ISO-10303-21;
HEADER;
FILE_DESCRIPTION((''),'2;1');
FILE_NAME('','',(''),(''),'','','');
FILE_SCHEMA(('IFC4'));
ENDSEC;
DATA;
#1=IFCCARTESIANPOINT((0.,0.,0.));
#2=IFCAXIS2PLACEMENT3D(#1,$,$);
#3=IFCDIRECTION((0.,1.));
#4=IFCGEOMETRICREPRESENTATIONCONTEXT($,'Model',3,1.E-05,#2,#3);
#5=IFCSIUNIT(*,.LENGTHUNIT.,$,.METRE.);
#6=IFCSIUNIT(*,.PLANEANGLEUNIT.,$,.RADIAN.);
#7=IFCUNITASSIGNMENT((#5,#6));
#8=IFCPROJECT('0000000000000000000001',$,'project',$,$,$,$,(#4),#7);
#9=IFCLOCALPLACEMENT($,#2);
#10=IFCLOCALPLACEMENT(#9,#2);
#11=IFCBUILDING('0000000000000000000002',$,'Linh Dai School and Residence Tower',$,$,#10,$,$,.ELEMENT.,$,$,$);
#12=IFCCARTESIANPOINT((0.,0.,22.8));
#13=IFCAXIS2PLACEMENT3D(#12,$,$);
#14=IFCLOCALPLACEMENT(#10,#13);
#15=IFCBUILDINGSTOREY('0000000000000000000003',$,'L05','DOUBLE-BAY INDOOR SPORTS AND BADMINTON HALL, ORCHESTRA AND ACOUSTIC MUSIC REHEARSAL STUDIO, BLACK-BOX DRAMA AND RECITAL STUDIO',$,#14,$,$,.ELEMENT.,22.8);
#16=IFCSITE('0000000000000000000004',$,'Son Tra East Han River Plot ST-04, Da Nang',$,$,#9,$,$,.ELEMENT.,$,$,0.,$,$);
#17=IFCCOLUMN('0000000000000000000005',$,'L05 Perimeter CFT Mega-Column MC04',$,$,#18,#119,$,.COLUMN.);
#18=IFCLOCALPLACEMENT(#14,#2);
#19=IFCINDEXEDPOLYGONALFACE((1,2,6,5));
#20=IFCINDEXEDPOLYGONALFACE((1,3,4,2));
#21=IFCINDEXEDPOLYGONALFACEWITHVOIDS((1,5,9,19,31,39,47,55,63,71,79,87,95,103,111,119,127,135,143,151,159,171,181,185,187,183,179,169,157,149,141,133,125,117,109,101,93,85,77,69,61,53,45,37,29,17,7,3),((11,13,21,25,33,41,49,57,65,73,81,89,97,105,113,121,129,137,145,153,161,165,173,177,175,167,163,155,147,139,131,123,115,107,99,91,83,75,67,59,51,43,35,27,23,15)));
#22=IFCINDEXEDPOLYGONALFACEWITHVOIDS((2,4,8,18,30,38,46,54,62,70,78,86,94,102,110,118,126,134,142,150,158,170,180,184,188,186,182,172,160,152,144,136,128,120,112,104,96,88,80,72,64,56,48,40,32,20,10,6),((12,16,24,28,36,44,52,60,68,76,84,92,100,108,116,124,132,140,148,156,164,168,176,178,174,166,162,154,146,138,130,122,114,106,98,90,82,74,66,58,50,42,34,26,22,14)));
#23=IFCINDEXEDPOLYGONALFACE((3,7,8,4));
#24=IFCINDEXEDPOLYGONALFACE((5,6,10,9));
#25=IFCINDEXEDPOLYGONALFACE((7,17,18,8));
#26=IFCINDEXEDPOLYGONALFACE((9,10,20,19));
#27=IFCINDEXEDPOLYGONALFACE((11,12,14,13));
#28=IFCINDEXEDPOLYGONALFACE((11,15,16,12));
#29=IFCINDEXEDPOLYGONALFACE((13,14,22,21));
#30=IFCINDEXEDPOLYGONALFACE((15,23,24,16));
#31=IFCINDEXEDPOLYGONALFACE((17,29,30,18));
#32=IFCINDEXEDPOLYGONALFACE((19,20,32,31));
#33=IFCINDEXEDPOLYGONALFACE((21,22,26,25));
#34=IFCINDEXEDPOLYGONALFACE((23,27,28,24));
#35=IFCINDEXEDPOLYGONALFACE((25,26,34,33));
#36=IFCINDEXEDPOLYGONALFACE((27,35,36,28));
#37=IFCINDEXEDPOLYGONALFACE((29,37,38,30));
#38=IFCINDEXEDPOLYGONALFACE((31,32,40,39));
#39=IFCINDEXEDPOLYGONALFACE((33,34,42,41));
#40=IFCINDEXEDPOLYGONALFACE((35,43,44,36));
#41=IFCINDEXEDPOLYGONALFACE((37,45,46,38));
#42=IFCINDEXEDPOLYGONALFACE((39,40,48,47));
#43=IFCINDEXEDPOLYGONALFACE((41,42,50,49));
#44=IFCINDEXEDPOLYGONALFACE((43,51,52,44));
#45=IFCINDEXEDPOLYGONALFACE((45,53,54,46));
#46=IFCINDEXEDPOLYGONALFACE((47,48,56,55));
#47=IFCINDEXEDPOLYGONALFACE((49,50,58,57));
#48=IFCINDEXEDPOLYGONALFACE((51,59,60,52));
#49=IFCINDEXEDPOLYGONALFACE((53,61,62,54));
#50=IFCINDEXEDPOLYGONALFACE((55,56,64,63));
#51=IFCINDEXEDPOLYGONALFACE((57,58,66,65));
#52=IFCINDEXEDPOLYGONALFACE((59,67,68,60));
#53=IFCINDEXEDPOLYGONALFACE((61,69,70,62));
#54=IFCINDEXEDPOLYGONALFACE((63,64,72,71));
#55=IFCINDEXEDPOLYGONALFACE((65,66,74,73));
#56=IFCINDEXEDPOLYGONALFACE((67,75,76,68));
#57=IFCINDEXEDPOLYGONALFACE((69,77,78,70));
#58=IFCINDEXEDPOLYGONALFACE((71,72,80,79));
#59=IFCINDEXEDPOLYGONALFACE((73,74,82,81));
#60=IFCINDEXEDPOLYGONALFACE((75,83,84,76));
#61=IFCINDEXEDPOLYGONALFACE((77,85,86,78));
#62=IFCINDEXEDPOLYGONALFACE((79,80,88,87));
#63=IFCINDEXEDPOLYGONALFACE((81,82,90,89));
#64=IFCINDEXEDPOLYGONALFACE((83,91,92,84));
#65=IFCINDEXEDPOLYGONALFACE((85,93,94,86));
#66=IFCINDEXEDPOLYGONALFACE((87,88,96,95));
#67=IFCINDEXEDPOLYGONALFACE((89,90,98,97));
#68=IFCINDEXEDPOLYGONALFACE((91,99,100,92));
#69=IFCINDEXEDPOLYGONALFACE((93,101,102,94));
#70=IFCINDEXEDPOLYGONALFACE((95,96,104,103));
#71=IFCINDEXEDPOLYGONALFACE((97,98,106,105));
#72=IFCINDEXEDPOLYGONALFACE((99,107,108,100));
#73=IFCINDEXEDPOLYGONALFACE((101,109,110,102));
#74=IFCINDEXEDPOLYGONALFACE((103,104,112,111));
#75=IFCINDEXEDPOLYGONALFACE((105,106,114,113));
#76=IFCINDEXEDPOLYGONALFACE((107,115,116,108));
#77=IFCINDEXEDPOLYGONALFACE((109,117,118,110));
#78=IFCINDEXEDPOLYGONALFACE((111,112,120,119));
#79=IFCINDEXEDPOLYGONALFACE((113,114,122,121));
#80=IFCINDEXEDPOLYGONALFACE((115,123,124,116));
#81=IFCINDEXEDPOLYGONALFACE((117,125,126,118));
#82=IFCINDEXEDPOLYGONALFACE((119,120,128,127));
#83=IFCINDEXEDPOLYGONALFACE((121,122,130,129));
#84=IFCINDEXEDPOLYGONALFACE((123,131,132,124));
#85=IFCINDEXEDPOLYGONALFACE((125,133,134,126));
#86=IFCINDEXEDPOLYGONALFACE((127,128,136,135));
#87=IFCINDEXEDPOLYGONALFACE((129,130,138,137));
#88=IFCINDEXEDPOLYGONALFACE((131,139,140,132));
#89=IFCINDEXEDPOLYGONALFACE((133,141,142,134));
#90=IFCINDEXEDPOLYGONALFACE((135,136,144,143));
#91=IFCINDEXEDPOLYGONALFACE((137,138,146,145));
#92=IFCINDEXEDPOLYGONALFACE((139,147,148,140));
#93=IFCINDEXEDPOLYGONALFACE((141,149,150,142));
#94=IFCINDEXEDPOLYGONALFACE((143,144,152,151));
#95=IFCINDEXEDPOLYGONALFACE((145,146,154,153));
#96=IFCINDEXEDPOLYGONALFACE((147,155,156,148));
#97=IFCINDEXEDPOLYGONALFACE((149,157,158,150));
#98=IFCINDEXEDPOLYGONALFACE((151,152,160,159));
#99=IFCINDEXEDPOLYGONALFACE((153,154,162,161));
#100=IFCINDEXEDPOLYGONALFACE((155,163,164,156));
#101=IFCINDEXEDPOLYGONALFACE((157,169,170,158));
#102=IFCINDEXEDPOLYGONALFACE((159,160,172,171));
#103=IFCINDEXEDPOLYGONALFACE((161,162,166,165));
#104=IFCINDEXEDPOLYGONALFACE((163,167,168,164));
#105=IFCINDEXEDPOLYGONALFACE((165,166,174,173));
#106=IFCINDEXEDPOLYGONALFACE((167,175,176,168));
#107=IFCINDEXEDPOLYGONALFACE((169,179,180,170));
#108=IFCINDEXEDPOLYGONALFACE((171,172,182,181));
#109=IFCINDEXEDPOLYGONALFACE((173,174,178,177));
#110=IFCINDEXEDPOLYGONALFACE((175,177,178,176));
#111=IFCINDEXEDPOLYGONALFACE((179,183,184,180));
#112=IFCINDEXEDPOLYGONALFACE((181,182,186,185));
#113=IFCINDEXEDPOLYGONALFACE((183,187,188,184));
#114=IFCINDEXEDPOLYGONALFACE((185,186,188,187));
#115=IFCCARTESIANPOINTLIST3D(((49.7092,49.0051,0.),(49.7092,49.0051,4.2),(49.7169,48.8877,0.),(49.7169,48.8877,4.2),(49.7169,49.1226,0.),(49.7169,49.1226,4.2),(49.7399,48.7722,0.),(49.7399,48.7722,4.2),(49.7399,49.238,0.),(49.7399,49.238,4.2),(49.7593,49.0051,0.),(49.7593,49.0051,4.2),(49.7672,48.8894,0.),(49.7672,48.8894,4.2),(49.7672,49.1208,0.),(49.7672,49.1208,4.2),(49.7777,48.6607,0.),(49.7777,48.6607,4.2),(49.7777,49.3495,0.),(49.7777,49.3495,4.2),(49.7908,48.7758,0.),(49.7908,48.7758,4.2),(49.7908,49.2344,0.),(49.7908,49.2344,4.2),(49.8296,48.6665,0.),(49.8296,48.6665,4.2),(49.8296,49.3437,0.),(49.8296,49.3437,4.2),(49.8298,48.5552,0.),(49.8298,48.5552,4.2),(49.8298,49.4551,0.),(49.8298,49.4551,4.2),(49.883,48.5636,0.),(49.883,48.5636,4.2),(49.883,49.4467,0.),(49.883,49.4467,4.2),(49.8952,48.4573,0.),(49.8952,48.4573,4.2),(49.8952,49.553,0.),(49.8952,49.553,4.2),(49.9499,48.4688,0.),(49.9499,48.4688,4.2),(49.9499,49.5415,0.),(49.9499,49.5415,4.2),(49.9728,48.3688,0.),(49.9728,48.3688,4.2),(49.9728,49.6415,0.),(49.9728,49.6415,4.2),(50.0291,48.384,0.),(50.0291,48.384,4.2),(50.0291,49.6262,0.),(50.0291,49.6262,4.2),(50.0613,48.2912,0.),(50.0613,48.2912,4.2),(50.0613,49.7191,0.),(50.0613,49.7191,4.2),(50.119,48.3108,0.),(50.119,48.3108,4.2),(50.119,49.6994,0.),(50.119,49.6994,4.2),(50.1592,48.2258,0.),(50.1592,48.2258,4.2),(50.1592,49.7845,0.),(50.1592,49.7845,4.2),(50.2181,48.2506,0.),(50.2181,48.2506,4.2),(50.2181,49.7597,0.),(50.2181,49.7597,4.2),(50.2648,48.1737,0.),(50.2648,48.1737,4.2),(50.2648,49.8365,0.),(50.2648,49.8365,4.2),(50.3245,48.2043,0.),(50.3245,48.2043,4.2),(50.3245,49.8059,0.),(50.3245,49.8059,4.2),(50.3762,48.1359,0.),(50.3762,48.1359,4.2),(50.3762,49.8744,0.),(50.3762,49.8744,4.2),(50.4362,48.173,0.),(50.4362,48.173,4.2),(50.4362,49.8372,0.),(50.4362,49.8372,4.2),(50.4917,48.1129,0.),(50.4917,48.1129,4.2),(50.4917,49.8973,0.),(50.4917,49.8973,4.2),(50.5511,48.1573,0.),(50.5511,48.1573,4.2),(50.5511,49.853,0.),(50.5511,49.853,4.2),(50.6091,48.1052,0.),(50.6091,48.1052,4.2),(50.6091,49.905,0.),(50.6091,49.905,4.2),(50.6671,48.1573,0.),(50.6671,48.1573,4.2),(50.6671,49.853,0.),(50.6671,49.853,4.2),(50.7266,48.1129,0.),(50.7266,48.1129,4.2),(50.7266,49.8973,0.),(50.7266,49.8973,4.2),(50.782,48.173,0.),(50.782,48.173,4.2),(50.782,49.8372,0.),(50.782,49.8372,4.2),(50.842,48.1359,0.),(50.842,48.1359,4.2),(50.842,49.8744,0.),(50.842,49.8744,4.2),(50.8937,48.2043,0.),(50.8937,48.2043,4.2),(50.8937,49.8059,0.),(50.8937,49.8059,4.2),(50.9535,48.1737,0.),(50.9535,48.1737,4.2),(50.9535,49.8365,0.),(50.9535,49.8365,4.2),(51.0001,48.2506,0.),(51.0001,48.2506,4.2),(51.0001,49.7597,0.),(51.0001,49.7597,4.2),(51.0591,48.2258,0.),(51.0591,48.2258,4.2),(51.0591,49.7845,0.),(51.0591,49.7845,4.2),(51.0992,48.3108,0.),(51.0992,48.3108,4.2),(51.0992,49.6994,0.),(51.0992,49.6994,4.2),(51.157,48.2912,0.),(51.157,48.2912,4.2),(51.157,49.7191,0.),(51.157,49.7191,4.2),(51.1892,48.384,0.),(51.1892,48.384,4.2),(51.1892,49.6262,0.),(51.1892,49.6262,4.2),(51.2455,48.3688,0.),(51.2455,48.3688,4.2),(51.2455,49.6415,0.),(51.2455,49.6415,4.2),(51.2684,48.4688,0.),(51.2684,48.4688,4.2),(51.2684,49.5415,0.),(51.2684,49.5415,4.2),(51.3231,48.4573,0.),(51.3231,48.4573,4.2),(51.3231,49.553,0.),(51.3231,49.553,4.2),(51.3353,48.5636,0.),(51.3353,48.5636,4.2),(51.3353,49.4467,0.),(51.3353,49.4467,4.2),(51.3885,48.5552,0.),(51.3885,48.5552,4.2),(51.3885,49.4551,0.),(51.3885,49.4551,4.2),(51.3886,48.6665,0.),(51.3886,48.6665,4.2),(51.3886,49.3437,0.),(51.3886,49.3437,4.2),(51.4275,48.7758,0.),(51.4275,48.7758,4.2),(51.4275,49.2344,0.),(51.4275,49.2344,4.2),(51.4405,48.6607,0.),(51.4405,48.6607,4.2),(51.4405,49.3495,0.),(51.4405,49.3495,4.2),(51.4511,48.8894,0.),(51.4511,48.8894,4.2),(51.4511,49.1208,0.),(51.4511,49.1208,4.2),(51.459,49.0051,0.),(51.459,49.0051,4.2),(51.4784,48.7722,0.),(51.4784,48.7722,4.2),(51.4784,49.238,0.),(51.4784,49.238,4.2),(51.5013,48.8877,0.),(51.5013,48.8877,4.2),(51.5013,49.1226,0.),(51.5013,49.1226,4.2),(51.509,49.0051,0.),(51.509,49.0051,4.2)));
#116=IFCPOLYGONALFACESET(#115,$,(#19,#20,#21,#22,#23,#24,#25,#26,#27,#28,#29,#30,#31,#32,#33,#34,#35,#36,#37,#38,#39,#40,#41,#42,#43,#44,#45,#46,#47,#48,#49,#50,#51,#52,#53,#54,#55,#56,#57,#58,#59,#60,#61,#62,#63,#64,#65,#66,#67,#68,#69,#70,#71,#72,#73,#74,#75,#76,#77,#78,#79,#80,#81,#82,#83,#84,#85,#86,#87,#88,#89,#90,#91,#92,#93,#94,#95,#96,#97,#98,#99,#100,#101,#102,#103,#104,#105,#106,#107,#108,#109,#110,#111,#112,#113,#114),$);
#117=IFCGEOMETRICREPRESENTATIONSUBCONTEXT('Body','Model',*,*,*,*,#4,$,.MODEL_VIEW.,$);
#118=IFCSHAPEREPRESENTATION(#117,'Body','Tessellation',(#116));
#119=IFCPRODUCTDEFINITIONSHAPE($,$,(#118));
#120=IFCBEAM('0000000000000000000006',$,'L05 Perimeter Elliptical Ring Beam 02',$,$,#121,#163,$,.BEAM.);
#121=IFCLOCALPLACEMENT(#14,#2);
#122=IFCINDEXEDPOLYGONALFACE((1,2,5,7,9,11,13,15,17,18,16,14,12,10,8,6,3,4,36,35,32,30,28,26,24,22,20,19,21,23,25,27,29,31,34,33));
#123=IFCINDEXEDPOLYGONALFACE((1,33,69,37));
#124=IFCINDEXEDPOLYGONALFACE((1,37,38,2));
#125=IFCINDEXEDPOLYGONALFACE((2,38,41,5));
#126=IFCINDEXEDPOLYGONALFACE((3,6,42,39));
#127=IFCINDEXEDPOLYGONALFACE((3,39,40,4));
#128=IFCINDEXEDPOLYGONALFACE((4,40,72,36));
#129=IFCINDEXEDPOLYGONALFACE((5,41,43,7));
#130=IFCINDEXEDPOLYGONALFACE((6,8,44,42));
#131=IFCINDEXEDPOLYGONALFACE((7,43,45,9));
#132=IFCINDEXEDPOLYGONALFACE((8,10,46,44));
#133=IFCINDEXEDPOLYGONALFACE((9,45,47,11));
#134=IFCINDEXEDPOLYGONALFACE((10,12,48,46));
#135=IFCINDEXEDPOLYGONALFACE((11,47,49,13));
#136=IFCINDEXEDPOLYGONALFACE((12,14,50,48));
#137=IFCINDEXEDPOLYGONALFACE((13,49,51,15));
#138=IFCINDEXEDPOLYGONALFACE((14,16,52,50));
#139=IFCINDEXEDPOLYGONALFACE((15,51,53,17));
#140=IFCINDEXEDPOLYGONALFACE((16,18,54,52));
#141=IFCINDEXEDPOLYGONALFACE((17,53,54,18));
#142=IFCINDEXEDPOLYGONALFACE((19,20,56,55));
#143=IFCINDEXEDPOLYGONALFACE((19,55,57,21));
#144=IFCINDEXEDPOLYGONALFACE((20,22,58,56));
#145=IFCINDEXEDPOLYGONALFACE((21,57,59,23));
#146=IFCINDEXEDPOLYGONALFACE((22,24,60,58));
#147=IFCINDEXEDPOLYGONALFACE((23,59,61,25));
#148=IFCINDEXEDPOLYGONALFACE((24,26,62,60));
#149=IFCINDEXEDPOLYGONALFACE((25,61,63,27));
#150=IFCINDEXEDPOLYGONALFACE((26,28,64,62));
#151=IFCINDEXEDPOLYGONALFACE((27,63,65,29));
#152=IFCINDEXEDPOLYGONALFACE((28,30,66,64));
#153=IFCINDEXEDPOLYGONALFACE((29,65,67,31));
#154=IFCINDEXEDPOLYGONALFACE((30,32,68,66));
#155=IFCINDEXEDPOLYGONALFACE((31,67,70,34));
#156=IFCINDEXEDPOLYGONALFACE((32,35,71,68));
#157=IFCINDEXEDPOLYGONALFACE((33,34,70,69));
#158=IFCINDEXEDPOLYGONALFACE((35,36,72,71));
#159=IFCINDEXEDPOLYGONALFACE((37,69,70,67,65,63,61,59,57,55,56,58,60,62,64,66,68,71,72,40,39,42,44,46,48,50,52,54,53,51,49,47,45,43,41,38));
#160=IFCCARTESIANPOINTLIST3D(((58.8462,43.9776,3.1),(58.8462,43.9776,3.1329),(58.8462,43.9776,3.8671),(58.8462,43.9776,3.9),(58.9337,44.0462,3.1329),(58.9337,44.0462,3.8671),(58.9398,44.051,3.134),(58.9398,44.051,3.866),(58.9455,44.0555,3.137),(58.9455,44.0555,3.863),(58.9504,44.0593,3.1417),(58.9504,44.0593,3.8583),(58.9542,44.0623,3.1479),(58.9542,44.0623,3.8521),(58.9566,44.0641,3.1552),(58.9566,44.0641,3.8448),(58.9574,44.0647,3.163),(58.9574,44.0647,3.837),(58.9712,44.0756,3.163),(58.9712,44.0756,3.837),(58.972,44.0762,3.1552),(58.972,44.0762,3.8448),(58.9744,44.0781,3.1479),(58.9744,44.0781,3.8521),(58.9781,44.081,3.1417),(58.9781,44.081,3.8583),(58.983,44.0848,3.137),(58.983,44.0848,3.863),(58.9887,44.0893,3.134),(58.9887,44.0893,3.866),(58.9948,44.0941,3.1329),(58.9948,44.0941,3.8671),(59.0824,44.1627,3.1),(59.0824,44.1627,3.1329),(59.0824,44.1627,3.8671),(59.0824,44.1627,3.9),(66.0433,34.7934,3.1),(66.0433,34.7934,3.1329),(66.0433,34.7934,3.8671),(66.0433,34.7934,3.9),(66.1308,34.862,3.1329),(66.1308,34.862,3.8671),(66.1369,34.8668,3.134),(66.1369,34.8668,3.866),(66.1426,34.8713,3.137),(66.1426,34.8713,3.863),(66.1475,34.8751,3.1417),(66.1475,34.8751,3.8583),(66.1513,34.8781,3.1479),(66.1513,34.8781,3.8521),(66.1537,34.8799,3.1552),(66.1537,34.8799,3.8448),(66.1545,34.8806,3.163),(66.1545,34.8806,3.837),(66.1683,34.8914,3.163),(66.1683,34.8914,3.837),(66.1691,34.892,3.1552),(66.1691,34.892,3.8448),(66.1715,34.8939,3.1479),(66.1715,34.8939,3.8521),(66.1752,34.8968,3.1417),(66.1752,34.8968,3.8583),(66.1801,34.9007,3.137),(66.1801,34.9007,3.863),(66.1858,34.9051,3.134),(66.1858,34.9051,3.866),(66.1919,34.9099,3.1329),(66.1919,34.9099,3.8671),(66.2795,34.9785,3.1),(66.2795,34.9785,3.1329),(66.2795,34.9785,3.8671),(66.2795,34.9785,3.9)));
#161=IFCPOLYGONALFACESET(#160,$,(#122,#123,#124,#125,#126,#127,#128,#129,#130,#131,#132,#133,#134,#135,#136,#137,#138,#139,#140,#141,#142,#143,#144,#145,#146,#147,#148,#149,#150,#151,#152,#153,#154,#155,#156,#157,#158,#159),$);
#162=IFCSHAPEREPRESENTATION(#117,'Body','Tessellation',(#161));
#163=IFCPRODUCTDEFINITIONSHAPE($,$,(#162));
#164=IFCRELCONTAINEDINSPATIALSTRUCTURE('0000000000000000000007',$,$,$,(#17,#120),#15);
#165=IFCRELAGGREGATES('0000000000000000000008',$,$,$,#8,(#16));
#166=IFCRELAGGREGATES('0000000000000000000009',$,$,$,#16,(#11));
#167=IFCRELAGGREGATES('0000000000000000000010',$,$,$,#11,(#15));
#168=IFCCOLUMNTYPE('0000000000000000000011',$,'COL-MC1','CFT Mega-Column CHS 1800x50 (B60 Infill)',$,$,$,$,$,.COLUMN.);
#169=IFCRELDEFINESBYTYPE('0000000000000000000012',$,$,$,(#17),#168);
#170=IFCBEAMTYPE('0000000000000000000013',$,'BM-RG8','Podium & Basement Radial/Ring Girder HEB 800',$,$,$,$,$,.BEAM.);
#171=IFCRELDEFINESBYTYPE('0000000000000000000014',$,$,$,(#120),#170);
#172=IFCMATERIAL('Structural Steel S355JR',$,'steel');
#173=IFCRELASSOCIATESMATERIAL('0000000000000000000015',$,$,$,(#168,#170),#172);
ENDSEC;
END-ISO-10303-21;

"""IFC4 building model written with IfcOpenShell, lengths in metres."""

from ifc_helpers import new_model, si_unit, direction, frame, origin, origin_2d, place, context, subcontext, project, spatial, hollow_circle, i_section, extrude, material, material_profile, profile_set, type_object, element, save


model = new_model("IFC4")

# Units and contexts
model_context = context("Model", 3, precision=1e-05, world=origin(), true_north=direction((0.0, 1.0)))
body_context = subcontext(model_context, "Body", "Model", "MODEL_VIEW")
ifc_project = project(units=[si_unit("LENGTHUNIT", "METRE"), si_unit("PLANEANGLEUNIT", "RADIAN")], contexts=[model_context])

# Site, building, storey
site_placement = place(None, origin())
site = spatial("IfcSite", under=ifc_project, at=site_placement, Name="Son Tra East Han River Plot ST-04, Da Nang", CompositionType="ELEMENT", RefElevation=0.0)
building_placement = place(site_placement, origin())
building = spatial("IfcBuilding", under=site, at=building_placement, Name="Linh Dai School and Residence Tower", CompositionType="ELEMENT")
storey_placement = place(building_placement, frame((0.0, 0.0, 22.8)))
storey = spatial("IfcBuildingStorey", under=building, at=storey_placement, Name="L05", Description="DOUBLE-BAY INDOOR SPORTS AND BADMINTON HALL, ORCHESTRA AND ACOUSTIC MUSIC REHEARSAL STUDIO, BLACK-BOX DRAMA AND RECITAL STUDIO", CompositionType="ELEMENT", Elevation=22.8)

# Column
ifc_material_1 = material(Name="Structural Steel S355JR", Category="steel")
ifc_material_profile_1 = material_profile(ifc_material_1, hollow_circle(Radius=0.8999, WallThickness=0.05, at=origin_2d()), Name="CHS 1800x50")
ifc_profile_set_1 = profile_set([ifc_material_profile_1], Name="Structural Steel S355JR")
column_type_1 = type_object("IfcColumnType", Name="COL-MC1", Description="CFT Mega-Column CHS 1800x50 (B60 Infill)", PredefinedType="COLUMN", material=ifc_profile_set_1)
for number, where, z_axis, x_axis, name in (
    (1, (50.6091, 49.0051, 0.0), (0.0, 0.0, 1.0), (1.0, 0.0, 0.0), "L05 Perimeter CFT Mega-Column MC04"),
):
    element("IfcColumn", number, at=place(storey_placement, frame(where, z_axis=z_axis, x_axis=x_axis)), inside=storey, type_object=column_type_1, Name=name, PredefinedType="COLUMN", context=body_context, shape_type="SweptSolid", body=[
        extrude(hollow_circle(Radius=0.8999, WallThickness=0.05, at=origin_2d()), origin(), (0.0, 0.0, 1.0), 4.2),
    ])

# Beam
ifc_material_profile_2 = material_profile(ifc_material_1, i_section(OverallWidth=0.3, OverallDepth=0.8, WebThickness=0.0176, FlangeThickness=0.033, FilletRadius=0.03, at=origin_2d()), Name="HEB 800")
ifc_profile_set_2 = profile_set([ifc_material_profile_2], Name="Structural Steel S355JR")
beam_type_1 = type_object("IfcBeamType", Name="BM-RG8", Description="Podium & Basement Radial/Ring Girder HEB 800", PredefinedType="BEAM", material=ifc_profile_set_2)
beam_1_placement = place(storey_placement, frame((66.1614, 34.886, 3.5), z_axis=(-0.616812, 0.787111, 0.0), x_axis=(-0.787111, -0.616812, 0.0)))
element("IfcBeam", 2, at=beam_1_placement, inside=storey, type_object=beam_type_1, Name="L05 Perimeter Elliptical Ring Beam 02", PredefinedType="BEAM", context=body_context, shape_type="SweptSolid", body=[
    extrude(i_section(OverallWidth=0.3, OverallDepth=0.8, WebThickness=0.0176, FlangeThickness=0.033, FilletRadius=0.03, at=origin_2d()), origin(), (0.0, 0.0, 1.0), 11.6682),
])

save(model, "model.ifc")
